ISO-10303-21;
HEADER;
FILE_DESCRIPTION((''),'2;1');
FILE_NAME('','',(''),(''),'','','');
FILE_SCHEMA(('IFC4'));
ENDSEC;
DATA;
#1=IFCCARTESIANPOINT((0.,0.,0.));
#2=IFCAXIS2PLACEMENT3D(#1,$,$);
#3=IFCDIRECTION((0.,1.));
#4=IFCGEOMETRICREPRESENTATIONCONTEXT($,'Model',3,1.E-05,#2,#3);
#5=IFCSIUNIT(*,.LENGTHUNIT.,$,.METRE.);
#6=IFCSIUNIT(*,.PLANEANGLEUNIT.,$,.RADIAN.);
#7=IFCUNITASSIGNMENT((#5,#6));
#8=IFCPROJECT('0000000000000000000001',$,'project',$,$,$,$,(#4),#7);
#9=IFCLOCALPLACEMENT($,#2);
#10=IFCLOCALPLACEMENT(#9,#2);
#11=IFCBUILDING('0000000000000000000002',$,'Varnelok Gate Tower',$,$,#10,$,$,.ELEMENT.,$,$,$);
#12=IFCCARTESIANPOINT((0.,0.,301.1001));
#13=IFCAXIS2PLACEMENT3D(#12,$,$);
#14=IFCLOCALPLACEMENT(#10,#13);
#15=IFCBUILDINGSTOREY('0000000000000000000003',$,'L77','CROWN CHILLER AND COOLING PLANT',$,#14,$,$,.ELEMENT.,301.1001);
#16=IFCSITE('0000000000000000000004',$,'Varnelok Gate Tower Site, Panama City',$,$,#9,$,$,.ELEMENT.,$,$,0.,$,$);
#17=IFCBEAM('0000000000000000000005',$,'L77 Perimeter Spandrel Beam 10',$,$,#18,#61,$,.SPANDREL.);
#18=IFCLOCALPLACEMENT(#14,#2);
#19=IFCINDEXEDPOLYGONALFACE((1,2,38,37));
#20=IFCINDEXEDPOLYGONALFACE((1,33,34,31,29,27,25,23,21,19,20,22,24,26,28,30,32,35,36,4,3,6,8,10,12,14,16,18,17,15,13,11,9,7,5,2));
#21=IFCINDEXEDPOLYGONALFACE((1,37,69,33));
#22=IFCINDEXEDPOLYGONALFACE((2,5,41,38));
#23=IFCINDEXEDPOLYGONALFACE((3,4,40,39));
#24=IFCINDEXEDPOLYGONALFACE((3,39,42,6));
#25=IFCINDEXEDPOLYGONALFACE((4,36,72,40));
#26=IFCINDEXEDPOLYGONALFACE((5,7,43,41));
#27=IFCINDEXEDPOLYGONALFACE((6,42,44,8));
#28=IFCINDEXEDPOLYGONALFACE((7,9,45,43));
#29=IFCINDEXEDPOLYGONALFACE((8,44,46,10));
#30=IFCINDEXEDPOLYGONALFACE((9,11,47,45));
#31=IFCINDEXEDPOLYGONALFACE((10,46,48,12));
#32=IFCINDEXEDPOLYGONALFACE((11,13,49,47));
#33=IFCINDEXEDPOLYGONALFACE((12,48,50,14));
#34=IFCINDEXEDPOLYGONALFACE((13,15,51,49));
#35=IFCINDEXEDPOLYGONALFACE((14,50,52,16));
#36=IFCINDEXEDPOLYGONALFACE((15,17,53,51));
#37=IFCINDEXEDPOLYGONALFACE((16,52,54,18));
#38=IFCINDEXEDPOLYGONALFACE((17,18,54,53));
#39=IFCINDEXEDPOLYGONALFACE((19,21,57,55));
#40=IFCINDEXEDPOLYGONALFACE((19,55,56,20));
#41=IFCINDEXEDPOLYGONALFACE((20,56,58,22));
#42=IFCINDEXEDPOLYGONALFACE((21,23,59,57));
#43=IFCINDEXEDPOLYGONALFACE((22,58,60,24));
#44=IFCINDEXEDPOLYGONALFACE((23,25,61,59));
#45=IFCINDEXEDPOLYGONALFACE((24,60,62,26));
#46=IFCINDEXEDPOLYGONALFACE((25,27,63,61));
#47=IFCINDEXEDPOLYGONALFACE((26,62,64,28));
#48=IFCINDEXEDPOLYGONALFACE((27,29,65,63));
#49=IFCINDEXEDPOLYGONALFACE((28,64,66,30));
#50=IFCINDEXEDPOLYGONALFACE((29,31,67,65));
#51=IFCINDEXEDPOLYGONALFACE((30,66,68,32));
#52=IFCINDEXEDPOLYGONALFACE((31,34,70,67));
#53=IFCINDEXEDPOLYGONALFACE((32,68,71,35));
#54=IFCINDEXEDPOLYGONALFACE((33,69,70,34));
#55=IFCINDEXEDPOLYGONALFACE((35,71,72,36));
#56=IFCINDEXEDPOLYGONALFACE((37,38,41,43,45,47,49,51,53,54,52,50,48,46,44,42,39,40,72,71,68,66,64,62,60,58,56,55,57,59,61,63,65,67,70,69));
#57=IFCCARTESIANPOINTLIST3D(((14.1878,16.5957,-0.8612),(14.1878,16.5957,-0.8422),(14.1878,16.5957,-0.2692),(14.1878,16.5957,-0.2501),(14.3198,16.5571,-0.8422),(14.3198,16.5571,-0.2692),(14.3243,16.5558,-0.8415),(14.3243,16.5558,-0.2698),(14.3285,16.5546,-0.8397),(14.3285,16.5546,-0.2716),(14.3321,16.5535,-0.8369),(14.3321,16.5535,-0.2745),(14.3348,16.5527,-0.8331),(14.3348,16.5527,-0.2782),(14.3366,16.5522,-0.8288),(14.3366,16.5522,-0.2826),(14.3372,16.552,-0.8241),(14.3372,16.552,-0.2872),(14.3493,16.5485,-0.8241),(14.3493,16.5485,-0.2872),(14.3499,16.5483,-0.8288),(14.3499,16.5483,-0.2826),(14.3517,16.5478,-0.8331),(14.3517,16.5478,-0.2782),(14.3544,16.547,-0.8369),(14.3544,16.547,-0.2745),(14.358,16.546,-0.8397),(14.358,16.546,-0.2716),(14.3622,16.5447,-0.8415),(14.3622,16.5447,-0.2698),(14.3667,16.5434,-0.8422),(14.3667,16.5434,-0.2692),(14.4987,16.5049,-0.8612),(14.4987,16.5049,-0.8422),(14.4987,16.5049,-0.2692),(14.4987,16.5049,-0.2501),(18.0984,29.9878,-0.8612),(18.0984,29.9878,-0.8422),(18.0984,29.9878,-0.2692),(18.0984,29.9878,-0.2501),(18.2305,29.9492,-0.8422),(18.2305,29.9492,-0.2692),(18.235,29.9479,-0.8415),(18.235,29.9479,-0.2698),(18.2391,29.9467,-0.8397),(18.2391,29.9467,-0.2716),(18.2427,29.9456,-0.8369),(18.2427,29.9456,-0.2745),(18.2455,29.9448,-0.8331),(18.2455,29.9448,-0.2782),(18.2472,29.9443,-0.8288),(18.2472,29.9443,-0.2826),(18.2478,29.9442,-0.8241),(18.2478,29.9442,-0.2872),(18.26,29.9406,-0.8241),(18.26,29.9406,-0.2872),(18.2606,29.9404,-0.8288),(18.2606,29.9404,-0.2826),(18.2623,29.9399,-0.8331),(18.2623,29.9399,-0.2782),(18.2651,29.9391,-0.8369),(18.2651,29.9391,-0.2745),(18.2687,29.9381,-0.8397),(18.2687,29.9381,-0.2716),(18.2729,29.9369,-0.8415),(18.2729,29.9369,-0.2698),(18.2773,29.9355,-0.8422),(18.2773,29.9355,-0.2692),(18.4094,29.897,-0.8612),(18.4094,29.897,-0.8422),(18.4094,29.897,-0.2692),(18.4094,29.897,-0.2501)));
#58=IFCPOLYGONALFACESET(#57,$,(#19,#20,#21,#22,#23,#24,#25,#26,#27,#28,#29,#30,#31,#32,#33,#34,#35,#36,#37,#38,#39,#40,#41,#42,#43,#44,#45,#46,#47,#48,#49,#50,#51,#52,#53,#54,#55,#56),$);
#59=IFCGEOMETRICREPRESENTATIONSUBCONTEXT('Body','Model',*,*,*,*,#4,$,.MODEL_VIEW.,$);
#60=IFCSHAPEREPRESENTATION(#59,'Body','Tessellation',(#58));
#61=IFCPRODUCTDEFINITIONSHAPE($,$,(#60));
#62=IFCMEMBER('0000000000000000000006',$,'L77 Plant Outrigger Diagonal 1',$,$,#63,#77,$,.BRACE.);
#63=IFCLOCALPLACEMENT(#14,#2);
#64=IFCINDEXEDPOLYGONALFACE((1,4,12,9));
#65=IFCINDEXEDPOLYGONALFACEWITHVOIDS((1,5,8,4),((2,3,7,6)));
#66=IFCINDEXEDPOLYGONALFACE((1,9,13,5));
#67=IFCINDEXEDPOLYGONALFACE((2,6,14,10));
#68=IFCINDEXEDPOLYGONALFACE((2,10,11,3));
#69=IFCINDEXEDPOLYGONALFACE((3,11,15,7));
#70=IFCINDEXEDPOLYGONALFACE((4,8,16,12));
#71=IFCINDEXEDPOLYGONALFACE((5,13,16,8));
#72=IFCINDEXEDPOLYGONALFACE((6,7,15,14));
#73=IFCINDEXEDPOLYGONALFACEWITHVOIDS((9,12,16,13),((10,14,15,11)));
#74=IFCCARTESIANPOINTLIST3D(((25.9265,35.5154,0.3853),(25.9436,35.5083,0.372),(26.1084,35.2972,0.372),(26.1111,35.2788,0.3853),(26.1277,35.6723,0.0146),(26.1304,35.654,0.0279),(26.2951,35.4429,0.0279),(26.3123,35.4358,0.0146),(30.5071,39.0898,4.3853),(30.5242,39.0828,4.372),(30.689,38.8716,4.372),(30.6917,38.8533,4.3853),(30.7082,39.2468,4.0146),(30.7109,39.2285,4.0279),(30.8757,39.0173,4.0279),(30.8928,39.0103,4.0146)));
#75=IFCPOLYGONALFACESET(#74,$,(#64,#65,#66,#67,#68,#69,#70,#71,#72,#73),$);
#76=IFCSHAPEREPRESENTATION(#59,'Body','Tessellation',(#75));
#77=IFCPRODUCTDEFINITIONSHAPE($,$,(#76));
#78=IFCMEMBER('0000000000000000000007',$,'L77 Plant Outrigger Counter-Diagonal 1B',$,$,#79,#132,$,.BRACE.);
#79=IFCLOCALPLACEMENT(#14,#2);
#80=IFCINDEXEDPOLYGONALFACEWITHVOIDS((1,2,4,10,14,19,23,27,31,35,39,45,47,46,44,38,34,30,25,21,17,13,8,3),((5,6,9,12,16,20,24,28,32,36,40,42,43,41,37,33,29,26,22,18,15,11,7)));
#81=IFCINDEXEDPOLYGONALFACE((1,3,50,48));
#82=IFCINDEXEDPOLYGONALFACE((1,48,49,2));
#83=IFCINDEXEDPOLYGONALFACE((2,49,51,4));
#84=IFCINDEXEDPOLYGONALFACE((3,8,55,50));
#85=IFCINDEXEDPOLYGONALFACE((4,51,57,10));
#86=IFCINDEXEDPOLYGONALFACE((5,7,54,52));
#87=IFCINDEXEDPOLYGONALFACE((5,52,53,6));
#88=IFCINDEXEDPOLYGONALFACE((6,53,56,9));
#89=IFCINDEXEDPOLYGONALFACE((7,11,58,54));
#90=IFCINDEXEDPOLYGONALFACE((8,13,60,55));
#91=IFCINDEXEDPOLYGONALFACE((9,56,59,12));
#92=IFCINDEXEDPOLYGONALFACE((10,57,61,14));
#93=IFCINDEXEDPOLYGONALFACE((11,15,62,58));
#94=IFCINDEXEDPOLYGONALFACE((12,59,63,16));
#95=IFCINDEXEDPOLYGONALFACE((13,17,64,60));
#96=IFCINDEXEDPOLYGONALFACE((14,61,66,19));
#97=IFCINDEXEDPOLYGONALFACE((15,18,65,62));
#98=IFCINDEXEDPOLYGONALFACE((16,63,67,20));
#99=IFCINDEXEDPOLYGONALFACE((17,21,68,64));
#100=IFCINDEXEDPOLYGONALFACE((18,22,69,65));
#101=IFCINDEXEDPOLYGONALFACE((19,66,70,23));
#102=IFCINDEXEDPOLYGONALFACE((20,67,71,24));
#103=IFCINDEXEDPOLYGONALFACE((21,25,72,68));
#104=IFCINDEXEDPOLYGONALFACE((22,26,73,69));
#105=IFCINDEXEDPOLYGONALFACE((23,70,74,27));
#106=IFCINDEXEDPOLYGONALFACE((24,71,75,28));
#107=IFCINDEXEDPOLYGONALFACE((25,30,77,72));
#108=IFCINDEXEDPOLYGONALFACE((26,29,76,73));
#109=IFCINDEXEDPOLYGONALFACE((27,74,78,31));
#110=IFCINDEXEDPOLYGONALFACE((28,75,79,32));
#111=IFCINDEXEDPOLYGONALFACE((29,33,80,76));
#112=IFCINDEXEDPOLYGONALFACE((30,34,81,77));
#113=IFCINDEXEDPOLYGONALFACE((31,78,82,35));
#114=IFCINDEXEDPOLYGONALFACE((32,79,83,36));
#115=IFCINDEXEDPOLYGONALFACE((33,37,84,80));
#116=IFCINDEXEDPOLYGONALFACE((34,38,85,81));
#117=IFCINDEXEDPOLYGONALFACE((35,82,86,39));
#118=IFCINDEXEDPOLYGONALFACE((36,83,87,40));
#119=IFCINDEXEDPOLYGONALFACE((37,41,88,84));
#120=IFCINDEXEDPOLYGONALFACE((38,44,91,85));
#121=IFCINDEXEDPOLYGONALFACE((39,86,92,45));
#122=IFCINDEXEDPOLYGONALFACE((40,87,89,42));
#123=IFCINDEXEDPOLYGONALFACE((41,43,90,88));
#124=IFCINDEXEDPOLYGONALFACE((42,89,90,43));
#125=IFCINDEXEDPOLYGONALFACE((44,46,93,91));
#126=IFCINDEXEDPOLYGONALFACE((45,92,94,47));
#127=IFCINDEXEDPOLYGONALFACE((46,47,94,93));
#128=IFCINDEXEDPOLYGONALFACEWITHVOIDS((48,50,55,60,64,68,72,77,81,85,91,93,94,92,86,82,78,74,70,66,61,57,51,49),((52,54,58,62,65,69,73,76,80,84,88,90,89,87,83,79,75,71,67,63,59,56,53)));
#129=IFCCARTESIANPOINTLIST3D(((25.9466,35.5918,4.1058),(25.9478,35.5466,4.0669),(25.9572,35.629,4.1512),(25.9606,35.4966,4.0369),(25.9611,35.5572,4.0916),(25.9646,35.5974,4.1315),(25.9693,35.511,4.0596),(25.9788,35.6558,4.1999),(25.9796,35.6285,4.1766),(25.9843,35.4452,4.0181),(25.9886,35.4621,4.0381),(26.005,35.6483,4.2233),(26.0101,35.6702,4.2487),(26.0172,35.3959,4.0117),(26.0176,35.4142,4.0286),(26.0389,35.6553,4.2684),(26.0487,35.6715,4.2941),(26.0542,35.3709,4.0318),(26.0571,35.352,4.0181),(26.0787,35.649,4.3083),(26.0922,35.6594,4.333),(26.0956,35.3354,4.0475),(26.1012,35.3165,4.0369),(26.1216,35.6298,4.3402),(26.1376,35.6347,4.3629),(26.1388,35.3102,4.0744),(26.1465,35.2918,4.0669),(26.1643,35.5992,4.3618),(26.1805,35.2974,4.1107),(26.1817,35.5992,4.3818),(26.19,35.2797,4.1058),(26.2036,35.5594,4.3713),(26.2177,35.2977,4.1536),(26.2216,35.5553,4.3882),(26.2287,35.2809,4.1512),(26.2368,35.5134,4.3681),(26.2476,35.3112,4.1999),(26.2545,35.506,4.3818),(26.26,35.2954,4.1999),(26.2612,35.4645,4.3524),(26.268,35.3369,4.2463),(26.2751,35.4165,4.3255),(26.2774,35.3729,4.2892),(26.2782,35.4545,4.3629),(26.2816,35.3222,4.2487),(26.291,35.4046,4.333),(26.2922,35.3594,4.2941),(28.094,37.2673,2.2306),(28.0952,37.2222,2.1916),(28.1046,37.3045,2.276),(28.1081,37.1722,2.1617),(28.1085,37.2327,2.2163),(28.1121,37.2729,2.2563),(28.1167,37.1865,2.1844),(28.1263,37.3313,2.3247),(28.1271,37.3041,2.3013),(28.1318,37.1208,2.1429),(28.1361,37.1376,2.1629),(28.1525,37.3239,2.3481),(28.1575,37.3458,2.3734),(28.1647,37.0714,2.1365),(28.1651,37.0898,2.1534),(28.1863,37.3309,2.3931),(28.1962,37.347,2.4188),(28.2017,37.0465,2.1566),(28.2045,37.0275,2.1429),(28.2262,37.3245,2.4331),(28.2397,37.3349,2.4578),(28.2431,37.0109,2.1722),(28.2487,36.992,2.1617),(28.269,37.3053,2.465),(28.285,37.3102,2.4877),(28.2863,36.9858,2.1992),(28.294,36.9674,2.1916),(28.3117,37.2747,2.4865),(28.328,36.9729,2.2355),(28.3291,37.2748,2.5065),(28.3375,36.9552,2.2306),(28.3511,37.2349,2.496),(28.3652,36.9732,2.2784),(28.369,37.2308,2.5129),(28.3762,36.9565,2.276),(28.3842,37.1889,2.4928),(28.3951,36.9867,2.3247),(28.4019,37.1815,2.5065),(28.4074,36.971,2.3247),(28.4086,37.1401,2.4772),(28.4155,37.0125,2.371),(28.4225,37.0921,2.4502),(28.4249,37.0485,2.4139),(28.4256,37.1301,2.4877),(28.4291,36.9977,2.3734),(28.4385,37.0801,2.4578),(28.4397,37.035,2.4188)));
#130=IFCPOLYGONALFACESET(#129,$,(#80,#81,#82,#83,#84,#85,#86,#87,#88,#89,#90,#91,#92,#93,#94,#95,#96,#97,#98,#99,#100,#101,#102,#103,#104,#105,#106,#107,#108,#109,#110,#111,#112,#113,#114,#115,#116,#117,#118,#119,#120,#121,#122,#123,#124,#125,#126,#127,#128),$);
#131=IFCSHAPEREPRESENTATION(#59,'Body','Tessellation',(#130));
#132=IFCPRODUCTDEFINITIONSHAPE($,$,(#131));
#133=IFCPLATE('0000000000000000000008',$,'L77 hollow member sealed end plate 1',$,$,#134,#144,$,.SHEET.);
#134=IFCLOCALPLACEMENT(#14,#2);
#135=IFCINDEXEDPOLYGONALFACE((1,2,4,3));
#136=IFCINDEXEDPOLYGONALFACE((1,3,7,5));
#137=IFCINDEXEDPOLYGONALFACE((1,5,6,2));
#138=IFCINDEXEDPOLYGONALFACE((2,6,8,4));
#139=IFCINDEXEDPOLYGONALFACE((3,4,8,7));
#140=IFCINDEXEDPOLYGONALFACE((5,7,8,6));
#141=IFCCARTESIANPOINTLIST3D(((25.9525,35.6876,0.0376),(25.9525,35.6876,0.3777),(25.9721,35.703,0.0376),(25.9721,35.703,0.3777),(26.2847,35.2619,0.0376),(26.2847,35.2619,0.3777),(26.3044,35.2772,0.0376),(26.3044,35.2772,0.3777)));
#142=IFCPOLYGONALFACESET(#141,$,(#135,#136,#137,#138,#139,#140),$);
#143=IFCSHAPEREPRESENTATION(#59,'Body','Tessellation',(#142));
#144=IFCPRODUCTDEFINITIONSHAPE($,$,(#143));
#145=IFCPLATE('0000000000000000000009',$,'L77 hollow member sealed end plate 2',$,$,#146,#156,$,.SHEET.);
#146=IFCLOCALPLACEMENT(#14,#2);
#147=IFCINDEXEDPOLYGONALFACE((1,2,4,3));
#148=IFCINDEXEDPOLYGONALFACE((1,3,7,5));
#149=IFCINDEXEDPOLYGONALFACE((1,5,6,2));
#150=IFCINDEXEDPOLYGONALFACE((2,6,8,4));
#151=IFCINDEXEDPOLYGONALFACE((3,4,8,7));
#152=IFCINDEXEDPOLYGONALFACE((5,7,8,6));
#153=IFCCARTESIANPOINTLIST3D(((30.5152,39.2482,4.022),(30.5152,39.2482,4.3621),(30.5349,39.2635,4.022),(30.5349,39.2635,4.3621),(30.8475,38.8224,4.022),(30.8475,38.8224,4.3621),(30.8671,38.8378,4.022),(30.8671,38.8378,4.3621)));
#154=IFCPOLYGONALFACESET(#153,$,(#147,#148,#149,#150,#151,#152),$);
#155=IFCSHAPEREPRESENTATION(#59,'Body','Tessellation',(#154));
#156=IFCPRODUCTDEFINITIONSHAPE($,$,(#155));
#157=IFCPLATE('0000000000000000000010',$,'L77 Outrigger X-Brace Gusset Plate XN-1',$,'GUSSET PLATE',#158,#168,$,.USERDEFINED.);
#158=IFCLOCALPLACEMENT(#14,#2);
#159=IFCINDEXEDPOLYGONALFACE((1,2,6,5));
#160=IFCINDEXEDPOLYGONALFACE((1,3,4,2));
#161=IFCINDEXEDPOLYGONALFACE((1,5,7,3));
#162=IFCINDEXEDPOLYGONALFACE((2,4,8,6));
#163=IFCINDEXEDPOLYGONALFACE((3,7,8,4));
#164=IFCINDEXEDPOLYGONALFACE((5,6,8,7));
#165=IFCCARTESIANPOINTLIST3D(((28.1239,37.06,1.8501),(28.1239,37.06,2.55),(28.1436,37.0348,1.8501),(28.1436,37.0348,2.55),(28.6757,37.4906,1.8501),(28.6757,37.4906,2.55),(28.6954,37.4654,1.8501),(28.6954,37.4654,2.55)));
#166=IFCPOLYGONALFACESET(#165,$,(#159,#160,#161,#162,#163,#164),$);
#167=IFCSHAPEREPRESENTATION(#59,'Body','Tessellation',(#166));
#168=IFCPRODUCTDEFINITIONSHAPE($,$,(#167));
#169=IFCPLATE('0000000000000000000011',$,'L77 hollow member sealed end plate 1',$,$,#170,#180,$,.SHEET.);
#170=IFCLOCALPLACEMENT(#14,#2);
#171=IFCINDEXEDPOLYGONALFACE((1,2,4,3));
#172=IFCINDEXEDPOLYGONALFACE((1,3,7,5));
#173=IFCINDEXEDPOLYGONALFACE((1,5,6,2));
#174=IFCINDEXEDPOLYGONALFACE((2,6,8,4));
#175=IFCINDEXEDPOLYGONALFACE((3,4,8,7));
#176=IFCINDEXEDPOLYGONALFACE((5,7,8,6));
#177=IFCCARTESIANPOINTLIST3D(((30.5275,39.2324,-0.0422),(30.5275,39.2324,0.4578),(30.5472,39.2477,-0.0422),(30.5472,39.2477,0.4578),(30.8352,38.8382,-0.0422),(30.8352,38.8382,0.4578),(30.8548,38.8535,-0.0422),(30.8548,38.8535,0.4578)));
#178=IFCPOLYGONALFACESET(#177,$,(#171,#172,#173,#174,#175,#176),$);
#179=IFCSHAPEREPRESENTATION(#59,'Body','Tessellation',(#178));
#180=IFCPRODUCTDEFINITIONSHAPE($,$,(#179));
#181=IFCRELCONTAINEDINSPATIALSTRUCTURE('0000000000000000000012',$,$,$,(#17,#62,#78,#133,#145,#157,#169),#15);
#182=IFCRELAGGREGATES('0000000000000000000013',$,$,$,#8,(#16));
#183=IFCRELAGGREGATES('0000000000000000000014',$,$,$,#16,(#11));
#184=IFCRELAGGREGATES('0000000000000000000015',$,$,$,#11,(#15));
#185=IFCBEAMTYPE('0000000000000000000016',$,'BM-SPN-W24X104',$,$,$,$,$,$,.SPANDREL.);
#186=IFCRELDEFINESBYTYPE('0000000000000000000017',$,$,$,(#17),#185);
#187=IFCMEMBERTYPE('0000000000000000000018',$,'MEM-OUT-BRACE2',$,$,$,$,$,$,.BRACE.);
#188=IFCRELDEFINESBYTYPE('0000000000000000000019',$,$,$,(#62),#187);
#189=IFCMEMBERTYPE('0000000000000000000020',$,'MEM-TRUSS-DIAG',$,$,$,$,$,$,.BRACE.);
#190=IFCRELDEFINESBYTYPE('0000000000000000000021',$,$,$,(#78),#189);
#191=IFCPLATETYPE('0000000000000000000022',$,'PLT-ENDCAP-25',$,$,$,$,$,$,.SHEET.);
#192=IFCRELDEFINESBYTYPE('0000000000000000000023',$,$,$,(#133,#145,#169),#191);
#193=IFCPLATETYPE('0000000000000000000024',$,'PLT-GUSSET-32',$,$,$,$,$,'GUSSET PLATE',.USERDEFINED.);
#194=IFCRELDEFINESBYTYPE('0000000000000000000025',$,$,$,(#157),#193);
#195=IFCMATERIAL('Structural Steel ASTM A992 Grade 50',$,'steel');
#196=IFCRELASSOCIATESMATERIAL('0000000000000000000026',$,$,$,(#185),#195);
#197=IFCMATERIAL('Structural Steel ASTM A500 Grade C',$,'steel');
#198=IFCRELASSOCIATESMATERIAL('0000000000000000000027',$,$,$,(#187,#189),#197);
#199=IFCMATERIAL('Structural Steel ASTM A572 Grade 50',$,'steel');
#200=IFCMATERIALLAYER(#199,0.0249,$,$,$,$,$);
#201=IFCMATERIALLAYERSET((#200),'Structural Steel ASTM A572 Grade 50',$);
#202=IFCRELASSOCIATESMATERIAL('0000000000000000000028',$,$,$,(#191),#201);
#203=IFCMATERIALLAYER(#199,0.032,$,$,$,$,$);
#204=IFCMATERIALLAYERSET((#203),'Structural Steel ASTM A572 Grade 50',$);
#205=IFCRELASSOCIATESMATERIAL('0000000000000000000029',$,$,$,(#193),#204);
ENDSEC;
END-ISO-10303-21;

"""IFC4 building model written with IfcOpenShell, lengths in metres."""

from ifc_helpers import new_model, si_unit, direction, frame, origin, origin_2d, place, context, subcontext, project, spatial, rectangle, hollow_rectangle, hollow_circle, i_section, extrude, source, transform, mapped, material, layer, layer_set, material_profile, profile_set, type_object, element, save


model = new_model("IFC4")

# Units and contexts
model_context = context("Model", 3, precision=1e-05, world=origin(), true_north=direction((0.0, 1.0)))
body_context = subcontext(model_context, "Body", "Model", "MODEL_VIEW")
ifc_project = project(units=[si_unit("LENGTHUNIT", "METRE"), si_unit("PLANEANGLEUNIT", "RADIAN")], contexts=[model_context])

# Site, building, storey
site_placement = place(None, origin())
site = spatial("IfcSite", under=ifc_project, at=site_placement, Name="Varnelok Gate Tower Site, Panama City", CompositionType="ELEMENT", RefElevation=0.0)
building_placement = place(site_placement, origin())
building = spatial("IfcBuilding", under=site, at=building_placement, Name="Varnelok Gate Tower", CompositionType="ELEMENT")
storey_placement = place(building_placement, frame((0.0, 0.0, 301.1001)))
storey = spatial("IfcBuildingStorey", under=building, at=storey_placement, Name="L77", Description="CROWN CHILLER AND COOLING PLANT", CompositionType="ELEMENT", Elevation=301.1001)

# Shared definitions
ifc_material_1 = material(Name="Structural Steel ASTM A992 Grade 50", Category="steel")

# Beam
ifc_material_profile_1 = material_profile(ifc_material_1, i_section(OverallWidth=0.324, OverallDepth=0.6111, WebThickness=0.0127, FlangeThickness=0.019, FilletRadius=0.0181, at=origin_2d()), Name="W24X104")
ifc_profile_set_1 = profile_set([ifc_material_profile_1], Name="Structural Steel ASTM A992 Grade 50")
beam_type_1 = type_object("IfcBeamType", Name="BM-SPN-W24X104", PredefinedType="SPANDREL", material=ifc_profile_set_1)
beam_1_placement = place(storey_placement, frame((18.2539, 29.9424, -0.5557), z_axis=(-0.280305, -0.959911, 0.0), x_axis=(0.959911, -0.280305, 0.0)))
element("IfcBeam", 1, at=beam_1_placement, inside=storey, type_object=beam_type_1, Name="L77 Perimeter Spandrel Beam 10", PredefinedType="SPANDREL", context=body_context, shape_type="SweptSolid", body=[
    extrude(i_section(OverallWidth=0.324, OverallDepth=0.6111, WebThickness=0.0127, FlangeThickness=0.019, FilletRadius=0.0181, at=origin_2d()), origin(), (0.0, 0.0, 1.0), 13.9514),
])

# Members
ifc_material_2 = material(Name="Structural Steel ASTM A500 Grade C", Category="steel")
ifc_material_profile_2 = material_profile(ifc_material_2, hollow_rectangle(XDim=0.3, YDim=0.45, WallThickness=0.0161, at=origin_2d()), Name="HSS450X300X16")
ifc_profile_set_2 = profile_set([ifc_material_profile_2], Name="Structural Steel ASTM A500 Grade C")
member_type_1 = type_object("IfcMemberType", Name="MEM-OUT-BRACE2", PredefinedType="BRACE", material=ifc_profile_set_2)
member_1_placement = place(storey_placement, frame((26.1194, 35.4756, 0.2), z_axis=(0.649361, 0.506731, 0.567057), x_axis=(-0.615205, 0.788367, 0.0)))
element("IfcMember", 2, at=member_1_placement, inside=storey, type_object=member_type_1, Name="L77 Plant Outrigger Diagonal 1", PredefinedType="BRACE", context=body_context, shape_type="SweptSolid", body=[
    extrude(hollow_rectangle(XDim=0.3, YDim=0.45, WallThickness=0.0161, at=origin_2d()), origin(), (0.0, 0.0, 1.0), 7.054),
])
ifc_material_profile_3 = material_profile(ifc_material_2, hollow_circle(Radius=0.2285, WallThickness=0.02, at=origin_2d()), Name="CHS457X20")
ifc_profile_set_3 = profile_set([ifc_material_profile_3], Name="Structural Steel ASTM A500 Grade C")
member_type_2 = type_object("IfcMemberType", Name="MEM-TRUSS-DIAG", PredefinedType="BRACE", material=ifc_profile_set_3)
member_2_placement = place(storey_placement, frame((28.2668, 37.1511, 2.3247), z_axis=(-0.649389, -0.50668, 0.567071), x_axis=(0.61515, -0.78841, 0.0)))
element("IfcMember", 3, at=member_2_placement, inside=storey, type_object=member_type_2, Name="L77 Plant Outrigger Counter-Diagonal 1B", PredefinedType="BRACE", context=body_context, shape_type="SweptSolid", body=[
    extrude(hollow_circle(Radius=0.2285, WallThickness=0.02, at=origin_2d()), origin(), (0.0, 0.0, 1.0), 3.3069),
])

# Plates
ifc_material_3 = material(Name="Structural Steel ASTM A572 Grade 50", Category="steel")
ifc_layer_1 = layer(ifc_material_3, 0.0249)
ifc_layer_set_1 = layer_set([ifc_layer_1], Name="Structural Steel ASTM A572 Grade 50")
plate_type_1 = type_object("IfcPlateType", Name="PLT-ENDCAP-25", PredefinedType="SHEET", material=ifc_layer_set_1)
shared_shape_1 = source(origin(), body_context, "Body", "SweptSolid", [
    extrude(rectangle(XDim=0.0249, YDim=0.54, at=origin_2d()), origin(), (0.0, 0.0, 1.0), 0.3401),
])
for number, where, z_axis, x_axis, name in (
    (4, (26.1284, 35.4824, 0.0376), (0.0, 0.0, 1.0), (0.788354, 0.615221, 0.0), "L77 hollow member sealed end plate 1"),
    (5, (30.6912, 39.043, 4.022), (0.0, 0.0, 1.0), (0.788354, 0.615221, 0.0), "L77 hollow member sealed end plate 2"),
):
    element("IfcPlate", number, at=place(storey_placement, frame(where, z_axis=z_axis, x_axis=x_axis)), inside=storey, type_object=plate_type_1, Name=name, PredefinedType="SHEET", context=body_context, shape_type="MappedRepresentation", body=[
        mapped(shared_shape_1, transform((0.0, 0.0, 0.0), scale=1.0)),
    ])
ifc_layer_2 = layer(ifc_material_3, 0.032)
ifc_layer_set_2 = layer_set([ifc_layer_2], Name="Structural Steel ASTM A572 Grade 50")
plate_type_2 = type_object("IfcPlateType", Name="PLT-GUSSET-32", ElementType="GUSSET PLATE", PredefinedType="USERDEFINED", material=ifc_layer_set_2)
shared_shape_2 = source(origin(), body_context, "Body", "SweptSolid", [
    extrude(rectangle(XDim=0.7, YDim=0.032, at=origin_2d()), origin(), (0.0, 0.0, 1.0), 0.7),
])
plate_placement = place(storey_placement, frame((28.4097, 37.2627, 1.8501), z_axis=(0.0, 0.0, 1.0), x_axis=(-0.788354, -0.615221, 0.0)))
element("IfcPlate", 6, at=plate_placement, inside=storey, type_object=plate_type_2, Name="L77 Outrigger X-Brace Gusset Plate XN-1", ObjectType="GUSSET PLATE", PredefinedType="USERDEFINED", context=body_context, shape_type="MappedRepresentation", body=[
    mapped(shared_shape_2, transform((0.0, 0.0, 0.0), scale=1.0)),
])
shared_shape_3 = source(origin(), body_context, "Body", "SweptSolid", [
    extrude(rectangle(XDim=0.0249, YDim=0.5, at=origin_2d()), origin(), (0.0, 0.0, 1.0), 0.5),
])
for number, where, z_axis, x_axis, name in (
    (7, (30.6912, 39.043, -0.0422), (0.0, 0.0, 1.0), (-0.788354, -0.615221, 0.0), "L77 hollow member sealed end plate 1"),
):
    element("IfcPlate", number, at=place(storey_placement, frame(where, z_axis=z_axis, x_axis=x_axis)), inside=storey, type_object=plate_type_1, Name=name, PredefinedType="SHEET", context=body_context, shape_type="MappedRepresentation", body=[
        mapped(shared_shape_3, transform((0.0, 0.0, 0.0), scale=1.0)),
    ])

save(model, "model.ifc")
